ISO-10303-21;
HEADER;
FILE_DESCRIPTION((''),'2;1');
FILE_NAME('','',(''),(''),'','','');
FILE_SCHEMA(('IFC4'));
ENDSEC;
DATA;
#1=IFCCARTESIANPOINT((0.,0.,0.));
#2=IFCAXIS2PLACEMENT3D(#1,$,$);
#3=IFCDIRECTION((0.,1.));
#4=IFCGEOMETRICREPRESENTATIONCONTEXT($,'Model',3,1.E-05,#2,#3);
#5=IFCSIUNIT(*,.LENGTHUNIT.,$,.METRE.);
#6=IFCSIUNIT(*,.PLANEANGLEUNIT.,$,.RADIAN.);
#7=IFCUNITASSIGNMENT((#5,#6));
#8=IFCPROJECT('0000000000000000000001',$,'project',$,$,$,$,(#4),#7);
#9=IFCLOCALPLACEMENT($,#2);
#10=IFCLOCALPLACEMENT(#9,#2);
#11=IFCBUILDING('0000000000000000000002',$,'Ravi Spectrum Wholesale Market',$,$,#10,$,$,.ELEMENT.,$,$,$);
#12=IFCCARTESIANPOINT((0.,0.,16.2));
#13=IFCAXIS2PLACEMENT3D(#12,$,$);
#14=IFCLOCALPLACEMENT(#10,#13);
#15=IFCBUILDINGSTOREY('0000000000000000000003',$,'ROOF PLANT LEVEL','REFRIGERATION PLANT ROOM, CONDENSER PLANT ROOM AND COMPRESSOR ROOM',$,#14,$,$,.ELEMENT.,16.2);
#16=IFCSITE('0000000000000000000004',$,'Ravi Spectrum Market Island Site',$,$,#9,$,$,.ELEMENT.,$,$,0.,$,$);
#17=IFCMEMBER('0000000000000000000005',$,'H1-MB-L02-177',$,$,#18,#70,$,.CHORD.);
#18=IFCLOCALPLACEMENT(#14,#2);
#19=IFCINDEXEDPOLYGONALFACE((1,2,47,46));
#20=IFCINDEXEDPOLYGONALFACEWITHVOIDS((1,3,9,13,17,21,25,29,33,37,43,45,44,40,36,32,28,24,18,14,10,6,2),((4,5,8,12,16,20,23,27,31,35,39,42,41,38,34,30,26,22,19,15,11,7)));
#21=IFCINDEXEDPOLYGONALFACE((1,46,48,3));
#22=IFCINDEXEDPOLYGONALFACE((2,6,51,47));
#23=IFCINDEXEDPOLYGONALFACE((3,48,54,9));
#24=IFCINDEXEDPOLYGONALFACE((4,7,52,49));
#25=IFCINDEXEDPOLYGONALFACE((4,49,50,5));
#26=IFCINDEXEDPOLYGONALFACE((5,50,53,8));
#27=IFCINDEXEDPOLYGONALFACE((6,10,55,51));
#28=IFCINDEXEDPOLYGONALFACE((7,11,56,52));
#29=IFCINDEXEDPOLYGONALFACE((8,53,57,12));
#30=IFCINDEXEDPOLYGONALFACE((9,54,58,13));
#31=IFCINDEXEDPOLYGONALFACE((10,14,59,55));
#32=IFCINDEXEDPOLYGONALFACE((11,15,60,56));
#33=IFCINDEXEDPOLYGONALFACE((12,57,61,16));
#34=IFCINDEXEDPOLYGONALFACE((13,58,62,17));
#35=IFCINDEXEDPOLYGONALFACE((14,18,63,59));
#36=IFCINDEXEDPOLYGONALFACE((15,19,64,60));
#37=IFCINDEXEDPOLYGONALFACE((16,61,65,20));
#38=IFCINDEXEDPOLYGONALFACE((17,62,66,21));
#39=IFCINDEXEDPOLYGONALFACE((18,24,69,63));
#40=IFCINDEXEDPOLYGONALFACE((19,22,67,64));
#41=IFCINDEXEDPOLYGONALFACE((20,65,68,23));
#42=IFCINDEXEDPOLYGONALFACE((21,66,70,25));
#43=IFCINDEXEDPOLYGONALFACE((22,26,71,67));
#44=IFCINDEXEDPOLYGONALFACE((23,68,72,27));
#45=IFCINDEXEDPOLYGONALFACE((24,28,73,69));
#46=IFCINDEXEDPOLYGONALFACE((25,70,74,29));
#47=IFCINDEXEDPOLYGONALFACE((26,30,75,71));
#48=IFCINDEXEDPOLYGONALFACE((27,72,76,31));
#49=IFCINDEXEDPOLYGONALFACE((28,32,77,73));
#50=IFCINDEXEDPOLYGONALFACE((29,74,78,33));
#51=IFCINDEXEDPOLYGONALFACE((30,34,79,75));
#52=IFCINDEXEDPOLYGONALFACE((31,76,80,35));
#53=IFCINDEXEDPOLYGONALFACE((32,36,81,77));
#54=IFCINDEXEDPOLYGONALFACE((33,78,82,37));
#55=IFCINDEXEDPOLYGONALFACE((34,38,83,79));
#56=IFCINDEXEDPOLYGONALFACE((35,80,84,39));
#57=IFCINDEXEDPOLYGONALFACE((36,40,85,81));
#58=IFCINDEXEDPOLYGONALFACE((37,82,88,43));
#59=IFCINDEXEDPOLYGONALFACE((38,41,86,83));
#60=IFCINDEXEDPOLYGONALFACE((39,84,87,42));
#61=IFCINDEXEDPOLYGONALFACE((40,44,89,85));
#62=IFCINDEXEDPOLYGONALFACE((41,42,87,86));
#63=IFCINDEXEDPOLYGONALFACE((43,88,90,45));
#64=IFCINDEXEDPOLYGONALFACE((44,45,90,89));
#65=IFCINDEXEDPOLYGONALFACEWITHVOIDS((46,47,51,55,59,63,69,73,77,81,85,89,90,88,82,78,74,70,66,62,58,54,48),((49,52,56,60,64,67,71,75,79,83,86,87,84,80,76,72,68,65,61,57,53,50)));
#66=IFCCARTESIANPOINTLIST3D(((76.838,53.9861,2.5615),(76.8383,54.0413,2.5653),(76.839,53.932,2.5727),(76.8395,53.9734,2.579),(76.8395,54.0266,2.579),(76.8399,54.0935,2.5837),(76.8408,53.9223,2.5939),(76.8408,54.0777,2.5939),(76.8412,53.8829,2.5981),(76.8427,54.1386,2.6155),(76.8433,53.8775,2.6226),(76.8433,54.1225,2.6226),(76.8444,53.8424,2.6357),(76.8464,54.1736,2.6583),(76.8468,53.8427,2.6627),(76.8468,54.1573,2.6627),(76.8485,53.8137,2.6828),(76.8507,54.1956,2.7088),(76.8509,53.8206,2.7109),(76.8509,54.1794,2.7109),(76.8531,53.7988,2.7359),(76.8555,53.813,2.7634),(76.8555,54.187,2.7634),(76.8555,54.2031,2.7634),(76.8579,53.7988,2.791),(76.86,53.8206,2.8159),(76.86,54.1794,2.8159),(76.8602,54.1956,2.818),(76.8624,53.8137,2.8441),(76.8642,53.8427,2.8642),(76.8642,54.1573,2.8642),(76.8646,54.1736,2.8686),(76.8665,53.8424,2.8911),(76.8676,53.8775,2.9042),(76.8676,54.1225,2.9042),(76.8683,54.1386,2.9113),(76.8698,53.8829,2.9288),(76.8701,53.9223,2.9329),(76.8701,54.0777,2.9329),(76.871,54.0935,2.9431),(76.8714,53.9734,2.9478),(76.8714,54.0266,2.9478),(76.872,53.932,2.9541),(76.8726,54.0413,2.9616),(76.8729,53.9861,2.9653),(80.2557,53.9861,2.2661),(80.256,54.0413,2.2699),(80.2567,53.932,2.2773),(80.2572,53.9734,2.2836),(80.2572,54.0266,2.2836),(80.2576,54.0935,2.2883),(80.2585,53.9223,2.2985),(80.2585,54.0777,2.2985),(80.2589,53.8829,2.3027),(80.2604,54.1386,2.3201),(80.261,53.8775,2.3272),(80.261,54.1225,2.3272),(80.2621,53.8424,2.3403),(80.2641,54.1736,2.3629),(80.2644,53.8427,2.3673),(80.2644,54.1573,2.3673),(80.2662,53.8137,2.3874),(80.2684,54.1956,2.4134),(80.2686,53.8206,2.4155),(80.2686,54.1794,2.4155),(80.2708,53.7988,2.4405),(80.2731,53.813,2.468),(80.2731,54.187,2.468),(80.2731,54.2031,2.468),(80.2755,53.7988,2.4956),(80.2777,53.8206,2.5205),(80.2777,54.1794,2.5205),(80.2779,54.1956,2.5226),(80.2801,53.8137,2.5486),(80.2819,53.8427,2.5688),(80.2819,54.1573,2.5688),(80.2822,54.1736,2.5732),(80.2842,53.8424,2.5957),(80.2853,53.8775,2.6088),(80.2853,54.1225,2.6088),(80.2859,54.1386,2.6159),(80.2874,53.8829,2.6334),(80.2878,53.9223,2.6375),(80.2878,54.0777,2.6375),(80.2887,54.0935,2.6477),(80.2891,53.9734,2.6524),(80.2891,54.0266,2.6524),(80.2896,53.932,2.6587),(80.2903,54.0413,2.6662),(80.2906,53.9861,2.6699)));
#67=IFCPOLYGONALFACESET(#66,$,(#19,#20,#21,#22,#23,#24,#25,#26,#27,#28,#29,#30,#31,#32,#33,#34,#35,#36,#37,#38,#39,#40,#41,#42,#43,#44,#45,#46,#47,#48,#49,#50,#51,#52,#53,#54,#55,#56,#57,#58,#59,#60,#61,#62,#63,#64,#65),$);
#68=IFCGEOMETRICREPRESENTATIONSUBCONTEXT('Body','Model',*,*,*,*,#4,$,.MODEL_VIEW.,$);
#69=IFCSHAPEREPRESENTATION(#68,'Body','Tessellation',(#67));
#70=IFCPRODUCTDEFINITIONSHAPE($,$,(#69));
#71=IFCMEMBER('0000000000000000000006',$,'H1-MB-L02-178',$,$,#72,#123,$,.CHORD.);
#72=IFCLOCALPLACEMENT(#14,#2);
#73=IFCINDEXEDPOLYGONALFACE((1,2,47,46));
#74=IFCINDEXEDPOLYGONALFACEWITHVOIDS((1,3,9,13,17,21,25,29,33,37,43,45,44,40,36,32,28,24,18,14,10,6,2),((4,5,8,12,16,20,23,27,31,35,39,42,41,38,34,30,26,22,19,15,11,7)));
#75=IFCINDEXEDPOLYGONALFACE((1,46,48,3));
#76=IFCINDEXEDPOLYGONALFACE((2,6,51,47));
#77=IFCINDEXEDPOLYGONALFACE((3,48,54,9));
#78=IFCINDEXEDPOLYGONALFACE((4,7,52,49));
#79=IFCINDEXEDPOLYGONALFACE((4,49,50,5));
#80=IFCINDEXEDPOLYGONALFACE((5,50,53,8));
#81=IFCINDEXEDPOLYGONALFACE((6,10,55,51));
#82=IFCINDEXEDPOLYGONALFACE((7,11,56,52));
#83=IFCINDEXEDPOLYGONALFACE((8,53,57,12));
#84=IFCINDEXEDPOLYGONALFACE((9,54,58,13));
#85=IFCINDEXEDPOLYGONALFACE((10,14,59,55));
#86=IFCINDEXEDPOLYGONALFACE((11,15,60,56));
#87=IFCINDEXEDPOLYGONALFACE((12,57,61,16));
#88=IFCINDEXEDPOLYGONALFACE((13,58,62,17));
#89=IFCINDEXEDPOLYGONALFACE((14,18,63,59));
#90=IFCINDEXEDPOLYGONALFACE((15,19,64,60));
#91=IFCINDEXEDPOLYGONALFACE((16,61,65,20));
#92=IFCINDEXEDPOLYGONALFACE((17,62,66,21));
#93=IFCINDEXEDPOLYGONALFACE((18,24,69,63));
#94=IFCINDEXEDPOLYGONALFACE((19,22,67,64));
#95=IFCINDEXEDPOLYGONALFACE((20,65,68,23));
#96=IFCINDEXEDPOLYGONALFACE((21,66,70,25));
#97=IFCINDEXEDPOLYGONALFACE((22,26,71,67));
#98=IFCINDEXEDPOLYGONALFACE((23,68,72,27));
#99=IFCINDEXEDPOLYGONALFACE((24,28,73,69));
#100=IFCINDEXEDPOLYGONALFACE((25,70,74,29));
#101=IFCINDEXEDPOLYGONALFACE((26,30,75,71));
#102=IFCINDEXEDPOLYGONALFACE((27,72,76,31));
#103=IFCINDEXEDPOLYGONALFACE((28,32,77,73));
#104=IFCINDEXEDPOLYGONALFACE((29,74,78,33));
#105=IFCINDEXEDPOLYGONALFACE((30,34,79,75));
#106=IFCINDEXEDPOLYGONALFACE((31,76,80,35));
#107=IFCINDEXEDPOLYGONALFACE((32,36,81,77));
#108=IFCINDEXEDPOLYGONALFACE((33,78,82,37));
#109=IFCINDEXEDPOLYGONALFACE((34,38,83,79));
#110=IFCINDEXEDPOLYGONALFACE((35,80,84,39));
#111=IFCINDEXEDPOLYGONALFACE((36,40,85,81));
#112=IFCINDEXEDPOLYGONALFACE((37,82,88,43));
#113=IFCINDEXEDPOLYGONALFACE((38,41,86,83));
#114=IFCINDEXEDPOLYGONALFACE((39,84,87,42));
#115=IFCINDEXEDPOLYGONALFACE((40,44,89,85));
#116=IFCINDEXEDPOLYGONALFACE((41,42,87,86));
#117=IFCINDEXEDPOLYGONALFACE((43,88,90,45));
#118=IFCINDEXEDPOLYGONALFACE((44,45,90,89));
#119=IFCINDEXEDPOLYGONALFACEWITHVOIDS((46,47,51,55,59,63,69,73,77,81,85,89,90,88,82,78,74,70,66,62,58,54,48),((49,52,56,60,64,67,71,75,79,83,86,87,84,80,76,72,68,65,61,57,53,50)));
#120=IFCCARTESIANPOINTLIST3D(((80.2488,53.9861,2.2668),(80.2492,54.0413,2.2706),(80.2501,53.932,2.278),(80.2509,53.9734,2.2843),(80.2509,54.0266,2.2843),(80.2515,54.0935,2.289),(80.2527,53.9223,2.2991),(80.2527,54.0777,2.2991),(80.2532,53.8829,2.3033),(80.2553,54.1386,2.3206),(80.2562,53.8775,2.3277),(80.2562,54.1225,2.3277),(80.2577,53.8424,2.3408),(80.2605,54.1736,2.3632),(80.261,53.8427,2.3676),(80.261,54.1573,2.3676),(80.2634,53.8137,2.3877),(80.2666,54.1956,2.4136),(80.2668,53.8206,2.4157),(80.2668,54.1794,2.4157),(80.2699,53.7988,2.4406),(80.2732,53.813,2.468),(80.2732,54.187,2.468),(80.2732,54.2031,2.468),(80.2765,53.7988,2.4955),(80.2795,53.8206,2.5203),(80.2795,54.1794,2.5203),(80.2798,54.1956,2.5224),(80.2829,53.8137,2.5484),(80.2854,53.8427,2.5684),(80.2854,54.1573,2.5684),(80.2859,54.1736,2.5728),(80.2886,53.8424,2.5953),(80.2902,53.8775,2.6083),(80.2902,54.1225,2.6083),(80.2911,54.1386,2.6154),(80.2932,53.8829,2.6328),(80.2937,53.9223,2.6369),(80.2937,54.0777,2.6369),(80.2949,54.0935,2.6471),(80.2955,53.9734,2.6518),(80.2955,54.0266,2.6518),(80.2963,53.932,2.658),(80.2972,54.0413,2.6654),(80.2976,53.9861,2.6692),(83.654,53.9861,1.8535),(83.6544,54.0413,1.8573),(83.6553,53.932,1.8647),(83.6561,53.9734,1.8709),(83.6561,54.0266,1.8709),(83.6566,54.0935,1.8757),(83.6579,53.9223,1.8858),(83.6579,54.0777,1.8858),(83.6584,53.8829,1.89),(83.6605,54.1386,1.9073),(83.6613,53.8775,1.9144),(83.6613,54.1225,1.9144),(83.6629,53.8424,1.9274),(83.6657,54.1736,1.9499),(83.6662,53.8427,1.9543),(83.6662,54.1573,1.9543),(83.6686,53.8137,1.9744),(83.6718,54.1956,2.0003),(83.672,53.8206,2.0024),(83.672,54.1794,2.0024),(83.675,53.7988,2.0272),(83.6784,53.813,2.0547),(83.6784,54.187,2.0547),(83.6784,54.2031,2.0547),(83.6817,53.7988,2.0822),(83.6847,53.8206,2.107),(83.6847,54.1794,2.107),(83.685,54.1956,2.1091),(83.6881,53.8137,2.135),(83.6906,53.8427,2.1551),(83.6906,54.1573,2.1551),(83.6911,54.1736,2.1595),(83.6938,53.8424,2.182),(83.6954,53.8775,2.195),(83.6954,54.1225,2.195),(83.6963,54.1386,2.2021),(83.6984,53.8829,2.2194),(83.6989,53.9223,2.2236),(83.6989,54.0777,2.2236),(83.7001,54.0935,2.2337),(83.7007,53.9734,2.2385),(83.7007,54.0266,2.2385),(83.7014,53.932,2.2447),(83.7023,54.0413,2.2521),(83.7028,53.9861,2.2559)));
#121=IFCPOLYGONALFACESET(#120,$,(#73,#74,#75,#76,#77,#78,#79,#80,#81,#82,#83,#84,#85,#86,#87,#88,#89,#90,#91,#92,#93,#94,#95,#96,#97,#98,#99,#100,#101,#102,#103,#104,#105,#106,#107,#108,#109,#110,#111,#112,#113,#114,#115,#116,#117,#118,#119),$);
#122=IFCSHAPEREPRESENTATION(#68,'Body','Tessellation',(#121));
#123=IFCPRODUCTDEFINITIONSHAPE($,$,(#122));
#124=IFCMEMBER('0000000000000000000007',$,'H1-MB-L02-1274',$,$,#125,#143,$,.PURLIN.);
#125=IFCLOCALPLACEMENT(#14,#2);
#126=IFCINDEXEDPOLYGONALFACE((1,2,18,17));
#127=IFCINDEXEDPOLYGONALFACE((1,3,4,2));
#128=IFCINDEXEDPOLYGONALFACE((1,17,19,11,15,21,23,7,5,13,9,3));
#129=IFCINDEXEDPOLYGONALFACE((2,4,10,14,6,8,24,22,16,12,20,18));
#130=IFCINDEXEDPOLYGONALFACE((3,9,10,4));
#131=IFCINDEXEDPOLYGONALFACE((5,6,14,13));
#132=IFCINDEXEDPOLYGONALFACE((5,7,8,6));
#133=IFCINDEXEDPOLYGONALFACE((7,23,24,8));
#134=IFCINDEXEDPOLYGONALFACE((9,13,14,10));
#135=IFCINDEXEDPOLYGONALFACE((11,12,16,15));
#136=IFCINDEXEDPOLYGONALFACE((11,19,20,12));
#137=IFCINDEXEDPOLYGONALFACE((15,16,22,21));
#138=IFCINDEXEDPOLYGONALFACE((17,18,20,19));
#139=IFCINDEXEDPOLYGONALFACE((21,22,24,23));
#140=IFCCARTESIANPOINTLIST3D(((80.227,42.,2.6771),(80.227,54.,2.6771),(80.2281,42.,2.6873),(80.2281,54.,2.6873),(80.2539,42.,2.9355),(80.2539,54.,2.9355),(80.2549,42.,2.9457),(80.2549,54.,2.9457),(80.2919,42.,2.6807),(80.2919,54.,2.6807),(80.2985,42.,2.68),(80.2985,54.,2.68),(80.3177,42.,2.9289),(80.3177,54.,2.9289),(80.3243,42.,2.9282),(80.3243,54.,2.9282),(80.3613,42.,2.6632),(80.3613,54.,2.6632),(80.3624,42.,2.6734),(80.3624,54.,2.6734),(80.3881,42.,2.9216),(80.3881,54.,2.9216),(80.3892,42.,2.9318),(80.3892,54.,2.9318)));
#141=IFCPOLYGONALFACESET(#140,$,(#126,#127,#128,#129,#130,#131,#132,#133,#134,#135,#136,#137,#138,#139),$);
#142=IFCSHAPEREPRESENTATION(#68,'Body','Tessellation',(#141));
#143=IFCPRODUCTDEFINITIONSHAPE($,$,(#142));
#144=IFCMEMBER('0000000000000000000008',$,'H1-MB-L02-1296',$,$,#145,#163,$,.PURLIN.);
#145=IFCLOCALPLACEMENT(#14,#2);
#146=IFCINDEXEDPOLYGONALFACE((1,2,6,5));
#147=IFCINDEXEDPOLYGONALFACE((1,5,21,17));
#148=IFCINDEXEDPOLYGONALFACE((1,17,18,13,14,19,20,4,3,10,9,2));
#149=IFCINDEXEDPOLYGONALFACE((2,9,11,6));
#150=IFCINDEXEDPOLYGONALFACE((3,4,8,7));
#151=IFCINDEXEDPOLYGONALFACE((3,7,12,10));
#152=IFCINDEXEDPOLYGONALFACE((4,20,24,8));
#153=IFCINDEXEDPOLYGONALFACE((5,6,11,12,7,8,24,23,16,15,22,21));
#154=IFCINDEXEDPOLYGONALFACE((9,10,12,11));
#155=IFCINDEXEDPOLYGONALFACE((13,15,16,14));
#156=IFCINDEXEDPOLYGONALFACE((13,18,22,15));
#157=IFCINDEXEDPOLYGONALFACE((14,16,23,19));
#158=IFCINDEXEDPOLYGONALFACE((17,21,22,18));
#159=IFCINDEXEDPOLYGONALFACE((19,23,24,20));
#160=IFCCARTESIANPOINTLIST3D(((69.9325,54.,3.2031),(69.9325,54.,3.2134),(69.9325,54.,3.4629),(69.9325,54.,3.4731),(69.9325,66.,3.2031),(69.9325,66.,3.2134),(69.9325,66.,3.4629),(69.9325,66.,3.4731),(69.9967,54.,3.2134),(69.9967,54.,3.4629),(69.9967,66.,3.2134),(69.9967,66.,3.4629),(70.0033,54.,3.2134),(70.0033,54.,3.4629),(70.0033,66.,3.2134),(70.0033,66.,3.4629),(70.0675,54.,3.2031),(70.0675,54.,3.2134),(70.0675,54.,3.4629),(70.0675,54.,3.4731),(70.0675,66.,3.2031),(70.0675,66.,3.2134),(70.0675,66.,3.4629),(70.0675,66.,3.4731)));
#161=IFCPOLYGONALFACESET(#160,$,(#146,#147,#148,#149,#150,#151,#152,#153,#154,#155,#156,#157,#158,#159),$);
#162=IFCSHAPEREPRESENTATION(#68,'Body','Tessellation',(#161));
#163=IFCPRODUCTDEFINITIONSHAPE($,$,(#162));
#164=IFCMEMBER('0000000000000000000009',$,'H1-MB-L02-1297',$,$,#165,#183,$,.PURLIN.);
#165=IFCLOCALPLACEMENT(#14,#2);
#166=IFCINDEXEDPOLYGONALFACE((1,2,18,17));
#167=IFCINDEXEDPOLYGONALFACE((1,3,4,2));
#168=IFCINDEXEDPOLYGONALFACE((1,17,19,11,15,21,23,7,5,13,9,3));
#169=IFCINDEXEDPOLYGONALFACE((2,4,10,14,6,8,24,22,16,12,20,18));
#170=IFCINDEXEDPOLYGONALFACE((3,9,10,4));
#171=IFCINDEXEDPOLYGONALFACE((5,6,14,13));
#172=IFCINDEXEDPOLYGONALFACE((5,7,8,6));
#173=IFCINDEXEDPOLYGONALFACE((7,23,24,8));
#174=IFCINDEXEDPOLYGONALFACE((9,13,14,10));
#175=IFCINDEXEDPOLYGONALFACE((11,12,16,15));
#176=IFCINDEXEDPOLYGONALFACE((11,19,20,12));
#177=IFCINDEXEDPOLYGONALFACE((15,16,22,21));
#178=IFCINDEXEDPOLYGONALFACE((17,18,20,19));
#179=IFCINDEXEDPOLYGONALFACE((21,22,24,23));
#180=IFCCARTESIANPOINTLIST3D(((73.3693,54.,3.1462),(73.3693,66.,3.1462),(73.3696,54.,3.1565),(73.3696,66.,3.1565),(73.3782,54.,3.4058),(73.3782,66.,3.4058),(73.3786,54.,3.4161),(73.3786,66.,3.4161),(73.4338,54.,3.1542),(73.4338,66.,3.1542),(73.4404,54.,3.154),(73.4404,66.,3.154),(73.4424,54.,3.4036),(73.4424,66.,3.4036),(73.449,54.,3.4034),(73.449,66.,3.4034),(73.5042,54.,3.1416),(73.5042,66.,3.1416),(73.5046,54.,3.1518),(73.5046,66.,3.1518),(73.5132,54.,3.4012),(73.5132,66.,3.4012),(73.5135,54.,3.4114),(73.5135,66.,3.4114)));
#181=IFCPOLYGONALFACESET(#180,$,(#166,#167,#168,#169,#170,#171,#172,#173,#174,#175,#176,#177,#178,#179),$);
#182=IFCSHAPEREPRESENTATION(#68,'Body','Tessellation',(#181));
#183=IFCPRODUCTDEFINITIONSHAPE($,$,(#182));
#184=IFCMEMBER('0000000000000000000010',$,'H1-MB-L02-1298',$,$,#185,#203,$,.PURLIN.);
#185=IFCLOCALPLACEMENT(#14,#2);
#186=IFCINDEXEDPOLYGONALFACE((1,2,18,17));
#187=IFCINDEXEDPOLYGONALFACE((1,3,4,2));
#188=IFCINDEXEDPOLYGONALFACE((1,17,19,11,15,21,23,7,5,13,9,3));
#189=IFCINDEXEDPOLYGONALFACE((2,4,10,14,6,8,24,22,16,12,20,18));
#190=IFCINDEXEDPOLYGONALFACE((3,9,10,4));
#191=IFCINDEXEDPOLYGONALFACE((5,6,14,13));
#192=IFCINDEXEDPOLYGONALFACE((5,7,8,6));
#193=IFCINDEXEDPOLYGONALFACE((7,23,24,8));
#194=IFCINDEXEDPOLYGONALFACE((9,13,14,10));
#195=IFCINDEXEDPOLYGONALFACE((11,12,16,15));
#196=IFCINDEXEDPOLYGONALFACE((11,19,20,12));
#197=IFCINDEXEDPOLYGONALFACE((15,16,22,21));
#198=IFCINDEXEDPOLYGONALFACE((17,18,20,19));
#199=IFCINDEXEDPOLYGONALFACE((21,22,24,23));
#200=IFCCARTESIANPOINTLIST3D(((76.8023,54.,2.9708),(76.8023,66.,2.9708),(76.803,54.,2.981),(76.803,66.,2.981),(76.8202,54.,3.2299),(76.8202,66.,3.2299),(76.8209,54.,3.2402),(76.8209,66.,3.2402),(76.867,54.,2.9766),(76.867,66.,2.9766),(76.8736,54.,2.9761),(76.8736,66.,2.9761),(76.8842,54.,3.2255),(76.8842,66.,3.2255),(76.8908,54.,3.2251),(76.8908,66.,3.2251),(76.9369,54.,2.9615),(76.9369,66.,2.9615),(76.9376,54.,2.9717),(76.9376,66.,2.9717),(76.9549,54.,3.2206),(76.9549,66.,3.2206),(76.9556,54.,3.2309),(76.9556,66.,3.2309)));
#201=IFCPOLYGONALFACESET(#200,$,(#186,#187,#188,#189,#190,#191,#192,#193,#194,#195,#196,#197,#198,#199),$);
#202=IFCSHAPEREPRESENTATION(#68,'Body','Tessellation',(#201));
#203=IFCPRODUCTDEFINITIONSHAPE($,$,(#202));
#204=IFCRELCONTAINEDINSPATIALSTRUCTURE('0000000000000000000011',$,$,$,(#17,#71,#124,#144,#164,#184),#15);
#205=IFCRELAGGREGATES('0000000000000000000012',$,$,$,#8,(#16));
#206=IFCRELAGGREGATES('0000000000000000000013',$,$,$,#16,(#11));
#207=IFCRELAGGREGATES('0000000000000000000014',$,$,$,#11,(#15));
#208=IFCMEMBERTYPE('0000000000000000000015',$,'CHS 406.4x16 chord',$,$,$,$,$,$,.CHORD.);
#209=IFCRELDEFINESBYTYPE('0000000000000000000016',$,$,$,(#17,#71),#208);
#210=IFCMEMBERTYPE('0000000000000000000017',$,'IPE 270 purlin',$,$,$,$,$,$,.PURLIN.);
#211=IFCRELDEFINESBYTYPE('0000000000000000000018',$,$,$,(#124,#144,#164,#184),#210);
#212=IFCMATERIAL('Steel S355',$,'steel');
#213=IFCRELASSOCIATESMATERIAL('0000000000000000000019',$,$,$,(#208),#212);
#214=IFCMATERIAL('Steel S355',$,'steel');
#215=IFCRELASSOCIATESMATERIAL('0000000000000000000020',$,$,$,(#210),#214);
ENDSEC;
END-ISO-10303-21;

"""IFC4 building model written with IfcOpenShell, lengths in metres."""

from ifc_helpers import new_model, si_unit, direction, frame, origin, origin_2d, place, context, subcontext, project, spatial, hollow_circle, i_section, extrude, material, material_profile, profile_set, type_object, element, save


model = new_model("IFC4")

# Units and contexts
model_context = context("Model", 3, precision=1e-05, world=origin(), true_north=direction((0.0, 1.0)))
body_context = subcontext(model_context, "Body", "Model", "MODEL_VIEW")
ifc_project = project(units=[si_unit("LENGTHUNIT", "METRE"), si_unit("PLANEANGLEUNIT", "RADIAN")], contexts=[model_context])

# Site, building, storey
site_placement = place(None, origin())
site = spatial("IfcSite", under=ifc_project, at=site_placement, Name="Ravi Spectrum Market Island Site", CompositionType="ELEMENT", RefElevation=0.0)
building_placement = place(site_placement, origin())
building = spatial("IfcBuilding", under=site, at=building_placement, Name="Ravi Spectrum Wholesale Market", CompositionType="ELEMENT")
storey_placement = place(building_placement, frame((0.0, 0.0, 16.2)))
storey = spatial("IfcBuildingStorey", under=building, at=storey_placement, Name="ROOF PLANT LEVEL", Description="REFRIGERATION PLANT ROOM, CONDENSER PLANT ROOM AND COMPRESSOR ROOM", CompositionType="ELEMENT", Elevation=16.2)

# Members
ifc_material_1 = material(Name="Steel S355", Category="steel")
ifc_material_profile_1 = material_profile(ifc_material_1, hollow_circle(Radius=0.2031, WallThickness=0.0161, at=origin_2d()))
ifc_profile_set_1 = profile_set([ifc_material_profile_1], Name="Steel S355")
member_type_1 = type_object("IfcMemberType", Name="CHS 406.4x16 chord", PredefinedType="CHORD", material=ifc_profile_set_1)
for number, where, z_axis, x_axis, name in (
    (1, (76.8555, 54.0, 2.7634), (0.996285, 0.0, -0.086114), (0.0, 1.0, 0.0), "H1-MB-L02-177"),
):
    element("IfcMember", number, at=place(storey_placement, frame(where, z_axis=z_axis, x_axis=x_axis)), inside=storey, type_object=member_type_1, Name=name, PredefinedType="CHORD", context=body_context, shape_type="SweptSolid", body=[
        extrude(hollow_circle(Radius=0.2031, WallThickness=0.0161, at=origin_2d()), origin(), (0.0, 0.0, 1.0), 3.4304),
    ])
member_1_placement = place(storey_placement, frame((80.2732, 54.0, 2.468), z_axis=(0.992714, 0.0, -0.120495), x_axis=(0.0, 1.0, 0.0)))
element("IfcMember", 2, at=member_1_placement, inside=storey, type_object=member_type_1, Name="H1-MB-L02-178", PredefinedType="CHORD", context=body_context, shape_type="SweptSolid", body=[
    extrude(hollow_circle(Radius=0.2031, WallThickness=0.0161, at=origin_2d()), origin(), (0.0, 0.0, 1.0), 3.4302),
])
ifc_material_2 = material(Name="Steel S355", Category="steel")
ifc_material_profile_2 = material_profile(ifc_material_2, i_section(OverallWidth=0.135, OverallDepth=0.27, WebThickness=0.0066, FlangeThickness=0.0103, at=origin_2d()))
ifc_profile_set_2 = profile_set([ifc_material_profile_2], Name="Steel S355")
member_type_2 = type_object("IfcMemberType", Name="IPE 270 purlin", PredefinedType="PURLIN", material=ifc_profile_set_2)
for number, where, z_axis, x_axis, name in (
    (3, (80.3081, 42.0, 2.8044), (0.0, 1.0, 0.0), (-0.994649, 0.0, 0.103311), "H1-MB-L02-1274"),
    (4, (70.0, 54.0, 3.3381), (0.0, 1.0, 0.0), (-1.0, 0.0, 0.0), "H1-MB-L02-1296"),
    (5, (73.4414, 54.0, 3.2788), (0.0, 1.0, 0.0), (-0.999405, 0.0, 0.034492), "H1-MB-L02-1297"),
    (6, (76.8789, 54.0, 3.1008), (0.0, 1.0, 0.0), (-0.997621, 0.0, 0.068943), "H1-MB-L02-1298"),
):
    element("IfcMember", number, at=place(storey_placement, frame(where, z_axis=z_axis, x_axis=x_axis)), inside=storey, type_object=member_type_2, Name=name, PredefinedType="PURLIN", context=body_context, shape_type="SweptSolid", body=[
        extrude(i_section(OverallWidth=0.135, OverallDepth=0.27, WebThickness=0.0066, FlangeThickness=0.0103, at=origin_2d()), origin(), (0.0, 0.0, 1.0), 12.0),
    ])

save(model, "model.ifc")
